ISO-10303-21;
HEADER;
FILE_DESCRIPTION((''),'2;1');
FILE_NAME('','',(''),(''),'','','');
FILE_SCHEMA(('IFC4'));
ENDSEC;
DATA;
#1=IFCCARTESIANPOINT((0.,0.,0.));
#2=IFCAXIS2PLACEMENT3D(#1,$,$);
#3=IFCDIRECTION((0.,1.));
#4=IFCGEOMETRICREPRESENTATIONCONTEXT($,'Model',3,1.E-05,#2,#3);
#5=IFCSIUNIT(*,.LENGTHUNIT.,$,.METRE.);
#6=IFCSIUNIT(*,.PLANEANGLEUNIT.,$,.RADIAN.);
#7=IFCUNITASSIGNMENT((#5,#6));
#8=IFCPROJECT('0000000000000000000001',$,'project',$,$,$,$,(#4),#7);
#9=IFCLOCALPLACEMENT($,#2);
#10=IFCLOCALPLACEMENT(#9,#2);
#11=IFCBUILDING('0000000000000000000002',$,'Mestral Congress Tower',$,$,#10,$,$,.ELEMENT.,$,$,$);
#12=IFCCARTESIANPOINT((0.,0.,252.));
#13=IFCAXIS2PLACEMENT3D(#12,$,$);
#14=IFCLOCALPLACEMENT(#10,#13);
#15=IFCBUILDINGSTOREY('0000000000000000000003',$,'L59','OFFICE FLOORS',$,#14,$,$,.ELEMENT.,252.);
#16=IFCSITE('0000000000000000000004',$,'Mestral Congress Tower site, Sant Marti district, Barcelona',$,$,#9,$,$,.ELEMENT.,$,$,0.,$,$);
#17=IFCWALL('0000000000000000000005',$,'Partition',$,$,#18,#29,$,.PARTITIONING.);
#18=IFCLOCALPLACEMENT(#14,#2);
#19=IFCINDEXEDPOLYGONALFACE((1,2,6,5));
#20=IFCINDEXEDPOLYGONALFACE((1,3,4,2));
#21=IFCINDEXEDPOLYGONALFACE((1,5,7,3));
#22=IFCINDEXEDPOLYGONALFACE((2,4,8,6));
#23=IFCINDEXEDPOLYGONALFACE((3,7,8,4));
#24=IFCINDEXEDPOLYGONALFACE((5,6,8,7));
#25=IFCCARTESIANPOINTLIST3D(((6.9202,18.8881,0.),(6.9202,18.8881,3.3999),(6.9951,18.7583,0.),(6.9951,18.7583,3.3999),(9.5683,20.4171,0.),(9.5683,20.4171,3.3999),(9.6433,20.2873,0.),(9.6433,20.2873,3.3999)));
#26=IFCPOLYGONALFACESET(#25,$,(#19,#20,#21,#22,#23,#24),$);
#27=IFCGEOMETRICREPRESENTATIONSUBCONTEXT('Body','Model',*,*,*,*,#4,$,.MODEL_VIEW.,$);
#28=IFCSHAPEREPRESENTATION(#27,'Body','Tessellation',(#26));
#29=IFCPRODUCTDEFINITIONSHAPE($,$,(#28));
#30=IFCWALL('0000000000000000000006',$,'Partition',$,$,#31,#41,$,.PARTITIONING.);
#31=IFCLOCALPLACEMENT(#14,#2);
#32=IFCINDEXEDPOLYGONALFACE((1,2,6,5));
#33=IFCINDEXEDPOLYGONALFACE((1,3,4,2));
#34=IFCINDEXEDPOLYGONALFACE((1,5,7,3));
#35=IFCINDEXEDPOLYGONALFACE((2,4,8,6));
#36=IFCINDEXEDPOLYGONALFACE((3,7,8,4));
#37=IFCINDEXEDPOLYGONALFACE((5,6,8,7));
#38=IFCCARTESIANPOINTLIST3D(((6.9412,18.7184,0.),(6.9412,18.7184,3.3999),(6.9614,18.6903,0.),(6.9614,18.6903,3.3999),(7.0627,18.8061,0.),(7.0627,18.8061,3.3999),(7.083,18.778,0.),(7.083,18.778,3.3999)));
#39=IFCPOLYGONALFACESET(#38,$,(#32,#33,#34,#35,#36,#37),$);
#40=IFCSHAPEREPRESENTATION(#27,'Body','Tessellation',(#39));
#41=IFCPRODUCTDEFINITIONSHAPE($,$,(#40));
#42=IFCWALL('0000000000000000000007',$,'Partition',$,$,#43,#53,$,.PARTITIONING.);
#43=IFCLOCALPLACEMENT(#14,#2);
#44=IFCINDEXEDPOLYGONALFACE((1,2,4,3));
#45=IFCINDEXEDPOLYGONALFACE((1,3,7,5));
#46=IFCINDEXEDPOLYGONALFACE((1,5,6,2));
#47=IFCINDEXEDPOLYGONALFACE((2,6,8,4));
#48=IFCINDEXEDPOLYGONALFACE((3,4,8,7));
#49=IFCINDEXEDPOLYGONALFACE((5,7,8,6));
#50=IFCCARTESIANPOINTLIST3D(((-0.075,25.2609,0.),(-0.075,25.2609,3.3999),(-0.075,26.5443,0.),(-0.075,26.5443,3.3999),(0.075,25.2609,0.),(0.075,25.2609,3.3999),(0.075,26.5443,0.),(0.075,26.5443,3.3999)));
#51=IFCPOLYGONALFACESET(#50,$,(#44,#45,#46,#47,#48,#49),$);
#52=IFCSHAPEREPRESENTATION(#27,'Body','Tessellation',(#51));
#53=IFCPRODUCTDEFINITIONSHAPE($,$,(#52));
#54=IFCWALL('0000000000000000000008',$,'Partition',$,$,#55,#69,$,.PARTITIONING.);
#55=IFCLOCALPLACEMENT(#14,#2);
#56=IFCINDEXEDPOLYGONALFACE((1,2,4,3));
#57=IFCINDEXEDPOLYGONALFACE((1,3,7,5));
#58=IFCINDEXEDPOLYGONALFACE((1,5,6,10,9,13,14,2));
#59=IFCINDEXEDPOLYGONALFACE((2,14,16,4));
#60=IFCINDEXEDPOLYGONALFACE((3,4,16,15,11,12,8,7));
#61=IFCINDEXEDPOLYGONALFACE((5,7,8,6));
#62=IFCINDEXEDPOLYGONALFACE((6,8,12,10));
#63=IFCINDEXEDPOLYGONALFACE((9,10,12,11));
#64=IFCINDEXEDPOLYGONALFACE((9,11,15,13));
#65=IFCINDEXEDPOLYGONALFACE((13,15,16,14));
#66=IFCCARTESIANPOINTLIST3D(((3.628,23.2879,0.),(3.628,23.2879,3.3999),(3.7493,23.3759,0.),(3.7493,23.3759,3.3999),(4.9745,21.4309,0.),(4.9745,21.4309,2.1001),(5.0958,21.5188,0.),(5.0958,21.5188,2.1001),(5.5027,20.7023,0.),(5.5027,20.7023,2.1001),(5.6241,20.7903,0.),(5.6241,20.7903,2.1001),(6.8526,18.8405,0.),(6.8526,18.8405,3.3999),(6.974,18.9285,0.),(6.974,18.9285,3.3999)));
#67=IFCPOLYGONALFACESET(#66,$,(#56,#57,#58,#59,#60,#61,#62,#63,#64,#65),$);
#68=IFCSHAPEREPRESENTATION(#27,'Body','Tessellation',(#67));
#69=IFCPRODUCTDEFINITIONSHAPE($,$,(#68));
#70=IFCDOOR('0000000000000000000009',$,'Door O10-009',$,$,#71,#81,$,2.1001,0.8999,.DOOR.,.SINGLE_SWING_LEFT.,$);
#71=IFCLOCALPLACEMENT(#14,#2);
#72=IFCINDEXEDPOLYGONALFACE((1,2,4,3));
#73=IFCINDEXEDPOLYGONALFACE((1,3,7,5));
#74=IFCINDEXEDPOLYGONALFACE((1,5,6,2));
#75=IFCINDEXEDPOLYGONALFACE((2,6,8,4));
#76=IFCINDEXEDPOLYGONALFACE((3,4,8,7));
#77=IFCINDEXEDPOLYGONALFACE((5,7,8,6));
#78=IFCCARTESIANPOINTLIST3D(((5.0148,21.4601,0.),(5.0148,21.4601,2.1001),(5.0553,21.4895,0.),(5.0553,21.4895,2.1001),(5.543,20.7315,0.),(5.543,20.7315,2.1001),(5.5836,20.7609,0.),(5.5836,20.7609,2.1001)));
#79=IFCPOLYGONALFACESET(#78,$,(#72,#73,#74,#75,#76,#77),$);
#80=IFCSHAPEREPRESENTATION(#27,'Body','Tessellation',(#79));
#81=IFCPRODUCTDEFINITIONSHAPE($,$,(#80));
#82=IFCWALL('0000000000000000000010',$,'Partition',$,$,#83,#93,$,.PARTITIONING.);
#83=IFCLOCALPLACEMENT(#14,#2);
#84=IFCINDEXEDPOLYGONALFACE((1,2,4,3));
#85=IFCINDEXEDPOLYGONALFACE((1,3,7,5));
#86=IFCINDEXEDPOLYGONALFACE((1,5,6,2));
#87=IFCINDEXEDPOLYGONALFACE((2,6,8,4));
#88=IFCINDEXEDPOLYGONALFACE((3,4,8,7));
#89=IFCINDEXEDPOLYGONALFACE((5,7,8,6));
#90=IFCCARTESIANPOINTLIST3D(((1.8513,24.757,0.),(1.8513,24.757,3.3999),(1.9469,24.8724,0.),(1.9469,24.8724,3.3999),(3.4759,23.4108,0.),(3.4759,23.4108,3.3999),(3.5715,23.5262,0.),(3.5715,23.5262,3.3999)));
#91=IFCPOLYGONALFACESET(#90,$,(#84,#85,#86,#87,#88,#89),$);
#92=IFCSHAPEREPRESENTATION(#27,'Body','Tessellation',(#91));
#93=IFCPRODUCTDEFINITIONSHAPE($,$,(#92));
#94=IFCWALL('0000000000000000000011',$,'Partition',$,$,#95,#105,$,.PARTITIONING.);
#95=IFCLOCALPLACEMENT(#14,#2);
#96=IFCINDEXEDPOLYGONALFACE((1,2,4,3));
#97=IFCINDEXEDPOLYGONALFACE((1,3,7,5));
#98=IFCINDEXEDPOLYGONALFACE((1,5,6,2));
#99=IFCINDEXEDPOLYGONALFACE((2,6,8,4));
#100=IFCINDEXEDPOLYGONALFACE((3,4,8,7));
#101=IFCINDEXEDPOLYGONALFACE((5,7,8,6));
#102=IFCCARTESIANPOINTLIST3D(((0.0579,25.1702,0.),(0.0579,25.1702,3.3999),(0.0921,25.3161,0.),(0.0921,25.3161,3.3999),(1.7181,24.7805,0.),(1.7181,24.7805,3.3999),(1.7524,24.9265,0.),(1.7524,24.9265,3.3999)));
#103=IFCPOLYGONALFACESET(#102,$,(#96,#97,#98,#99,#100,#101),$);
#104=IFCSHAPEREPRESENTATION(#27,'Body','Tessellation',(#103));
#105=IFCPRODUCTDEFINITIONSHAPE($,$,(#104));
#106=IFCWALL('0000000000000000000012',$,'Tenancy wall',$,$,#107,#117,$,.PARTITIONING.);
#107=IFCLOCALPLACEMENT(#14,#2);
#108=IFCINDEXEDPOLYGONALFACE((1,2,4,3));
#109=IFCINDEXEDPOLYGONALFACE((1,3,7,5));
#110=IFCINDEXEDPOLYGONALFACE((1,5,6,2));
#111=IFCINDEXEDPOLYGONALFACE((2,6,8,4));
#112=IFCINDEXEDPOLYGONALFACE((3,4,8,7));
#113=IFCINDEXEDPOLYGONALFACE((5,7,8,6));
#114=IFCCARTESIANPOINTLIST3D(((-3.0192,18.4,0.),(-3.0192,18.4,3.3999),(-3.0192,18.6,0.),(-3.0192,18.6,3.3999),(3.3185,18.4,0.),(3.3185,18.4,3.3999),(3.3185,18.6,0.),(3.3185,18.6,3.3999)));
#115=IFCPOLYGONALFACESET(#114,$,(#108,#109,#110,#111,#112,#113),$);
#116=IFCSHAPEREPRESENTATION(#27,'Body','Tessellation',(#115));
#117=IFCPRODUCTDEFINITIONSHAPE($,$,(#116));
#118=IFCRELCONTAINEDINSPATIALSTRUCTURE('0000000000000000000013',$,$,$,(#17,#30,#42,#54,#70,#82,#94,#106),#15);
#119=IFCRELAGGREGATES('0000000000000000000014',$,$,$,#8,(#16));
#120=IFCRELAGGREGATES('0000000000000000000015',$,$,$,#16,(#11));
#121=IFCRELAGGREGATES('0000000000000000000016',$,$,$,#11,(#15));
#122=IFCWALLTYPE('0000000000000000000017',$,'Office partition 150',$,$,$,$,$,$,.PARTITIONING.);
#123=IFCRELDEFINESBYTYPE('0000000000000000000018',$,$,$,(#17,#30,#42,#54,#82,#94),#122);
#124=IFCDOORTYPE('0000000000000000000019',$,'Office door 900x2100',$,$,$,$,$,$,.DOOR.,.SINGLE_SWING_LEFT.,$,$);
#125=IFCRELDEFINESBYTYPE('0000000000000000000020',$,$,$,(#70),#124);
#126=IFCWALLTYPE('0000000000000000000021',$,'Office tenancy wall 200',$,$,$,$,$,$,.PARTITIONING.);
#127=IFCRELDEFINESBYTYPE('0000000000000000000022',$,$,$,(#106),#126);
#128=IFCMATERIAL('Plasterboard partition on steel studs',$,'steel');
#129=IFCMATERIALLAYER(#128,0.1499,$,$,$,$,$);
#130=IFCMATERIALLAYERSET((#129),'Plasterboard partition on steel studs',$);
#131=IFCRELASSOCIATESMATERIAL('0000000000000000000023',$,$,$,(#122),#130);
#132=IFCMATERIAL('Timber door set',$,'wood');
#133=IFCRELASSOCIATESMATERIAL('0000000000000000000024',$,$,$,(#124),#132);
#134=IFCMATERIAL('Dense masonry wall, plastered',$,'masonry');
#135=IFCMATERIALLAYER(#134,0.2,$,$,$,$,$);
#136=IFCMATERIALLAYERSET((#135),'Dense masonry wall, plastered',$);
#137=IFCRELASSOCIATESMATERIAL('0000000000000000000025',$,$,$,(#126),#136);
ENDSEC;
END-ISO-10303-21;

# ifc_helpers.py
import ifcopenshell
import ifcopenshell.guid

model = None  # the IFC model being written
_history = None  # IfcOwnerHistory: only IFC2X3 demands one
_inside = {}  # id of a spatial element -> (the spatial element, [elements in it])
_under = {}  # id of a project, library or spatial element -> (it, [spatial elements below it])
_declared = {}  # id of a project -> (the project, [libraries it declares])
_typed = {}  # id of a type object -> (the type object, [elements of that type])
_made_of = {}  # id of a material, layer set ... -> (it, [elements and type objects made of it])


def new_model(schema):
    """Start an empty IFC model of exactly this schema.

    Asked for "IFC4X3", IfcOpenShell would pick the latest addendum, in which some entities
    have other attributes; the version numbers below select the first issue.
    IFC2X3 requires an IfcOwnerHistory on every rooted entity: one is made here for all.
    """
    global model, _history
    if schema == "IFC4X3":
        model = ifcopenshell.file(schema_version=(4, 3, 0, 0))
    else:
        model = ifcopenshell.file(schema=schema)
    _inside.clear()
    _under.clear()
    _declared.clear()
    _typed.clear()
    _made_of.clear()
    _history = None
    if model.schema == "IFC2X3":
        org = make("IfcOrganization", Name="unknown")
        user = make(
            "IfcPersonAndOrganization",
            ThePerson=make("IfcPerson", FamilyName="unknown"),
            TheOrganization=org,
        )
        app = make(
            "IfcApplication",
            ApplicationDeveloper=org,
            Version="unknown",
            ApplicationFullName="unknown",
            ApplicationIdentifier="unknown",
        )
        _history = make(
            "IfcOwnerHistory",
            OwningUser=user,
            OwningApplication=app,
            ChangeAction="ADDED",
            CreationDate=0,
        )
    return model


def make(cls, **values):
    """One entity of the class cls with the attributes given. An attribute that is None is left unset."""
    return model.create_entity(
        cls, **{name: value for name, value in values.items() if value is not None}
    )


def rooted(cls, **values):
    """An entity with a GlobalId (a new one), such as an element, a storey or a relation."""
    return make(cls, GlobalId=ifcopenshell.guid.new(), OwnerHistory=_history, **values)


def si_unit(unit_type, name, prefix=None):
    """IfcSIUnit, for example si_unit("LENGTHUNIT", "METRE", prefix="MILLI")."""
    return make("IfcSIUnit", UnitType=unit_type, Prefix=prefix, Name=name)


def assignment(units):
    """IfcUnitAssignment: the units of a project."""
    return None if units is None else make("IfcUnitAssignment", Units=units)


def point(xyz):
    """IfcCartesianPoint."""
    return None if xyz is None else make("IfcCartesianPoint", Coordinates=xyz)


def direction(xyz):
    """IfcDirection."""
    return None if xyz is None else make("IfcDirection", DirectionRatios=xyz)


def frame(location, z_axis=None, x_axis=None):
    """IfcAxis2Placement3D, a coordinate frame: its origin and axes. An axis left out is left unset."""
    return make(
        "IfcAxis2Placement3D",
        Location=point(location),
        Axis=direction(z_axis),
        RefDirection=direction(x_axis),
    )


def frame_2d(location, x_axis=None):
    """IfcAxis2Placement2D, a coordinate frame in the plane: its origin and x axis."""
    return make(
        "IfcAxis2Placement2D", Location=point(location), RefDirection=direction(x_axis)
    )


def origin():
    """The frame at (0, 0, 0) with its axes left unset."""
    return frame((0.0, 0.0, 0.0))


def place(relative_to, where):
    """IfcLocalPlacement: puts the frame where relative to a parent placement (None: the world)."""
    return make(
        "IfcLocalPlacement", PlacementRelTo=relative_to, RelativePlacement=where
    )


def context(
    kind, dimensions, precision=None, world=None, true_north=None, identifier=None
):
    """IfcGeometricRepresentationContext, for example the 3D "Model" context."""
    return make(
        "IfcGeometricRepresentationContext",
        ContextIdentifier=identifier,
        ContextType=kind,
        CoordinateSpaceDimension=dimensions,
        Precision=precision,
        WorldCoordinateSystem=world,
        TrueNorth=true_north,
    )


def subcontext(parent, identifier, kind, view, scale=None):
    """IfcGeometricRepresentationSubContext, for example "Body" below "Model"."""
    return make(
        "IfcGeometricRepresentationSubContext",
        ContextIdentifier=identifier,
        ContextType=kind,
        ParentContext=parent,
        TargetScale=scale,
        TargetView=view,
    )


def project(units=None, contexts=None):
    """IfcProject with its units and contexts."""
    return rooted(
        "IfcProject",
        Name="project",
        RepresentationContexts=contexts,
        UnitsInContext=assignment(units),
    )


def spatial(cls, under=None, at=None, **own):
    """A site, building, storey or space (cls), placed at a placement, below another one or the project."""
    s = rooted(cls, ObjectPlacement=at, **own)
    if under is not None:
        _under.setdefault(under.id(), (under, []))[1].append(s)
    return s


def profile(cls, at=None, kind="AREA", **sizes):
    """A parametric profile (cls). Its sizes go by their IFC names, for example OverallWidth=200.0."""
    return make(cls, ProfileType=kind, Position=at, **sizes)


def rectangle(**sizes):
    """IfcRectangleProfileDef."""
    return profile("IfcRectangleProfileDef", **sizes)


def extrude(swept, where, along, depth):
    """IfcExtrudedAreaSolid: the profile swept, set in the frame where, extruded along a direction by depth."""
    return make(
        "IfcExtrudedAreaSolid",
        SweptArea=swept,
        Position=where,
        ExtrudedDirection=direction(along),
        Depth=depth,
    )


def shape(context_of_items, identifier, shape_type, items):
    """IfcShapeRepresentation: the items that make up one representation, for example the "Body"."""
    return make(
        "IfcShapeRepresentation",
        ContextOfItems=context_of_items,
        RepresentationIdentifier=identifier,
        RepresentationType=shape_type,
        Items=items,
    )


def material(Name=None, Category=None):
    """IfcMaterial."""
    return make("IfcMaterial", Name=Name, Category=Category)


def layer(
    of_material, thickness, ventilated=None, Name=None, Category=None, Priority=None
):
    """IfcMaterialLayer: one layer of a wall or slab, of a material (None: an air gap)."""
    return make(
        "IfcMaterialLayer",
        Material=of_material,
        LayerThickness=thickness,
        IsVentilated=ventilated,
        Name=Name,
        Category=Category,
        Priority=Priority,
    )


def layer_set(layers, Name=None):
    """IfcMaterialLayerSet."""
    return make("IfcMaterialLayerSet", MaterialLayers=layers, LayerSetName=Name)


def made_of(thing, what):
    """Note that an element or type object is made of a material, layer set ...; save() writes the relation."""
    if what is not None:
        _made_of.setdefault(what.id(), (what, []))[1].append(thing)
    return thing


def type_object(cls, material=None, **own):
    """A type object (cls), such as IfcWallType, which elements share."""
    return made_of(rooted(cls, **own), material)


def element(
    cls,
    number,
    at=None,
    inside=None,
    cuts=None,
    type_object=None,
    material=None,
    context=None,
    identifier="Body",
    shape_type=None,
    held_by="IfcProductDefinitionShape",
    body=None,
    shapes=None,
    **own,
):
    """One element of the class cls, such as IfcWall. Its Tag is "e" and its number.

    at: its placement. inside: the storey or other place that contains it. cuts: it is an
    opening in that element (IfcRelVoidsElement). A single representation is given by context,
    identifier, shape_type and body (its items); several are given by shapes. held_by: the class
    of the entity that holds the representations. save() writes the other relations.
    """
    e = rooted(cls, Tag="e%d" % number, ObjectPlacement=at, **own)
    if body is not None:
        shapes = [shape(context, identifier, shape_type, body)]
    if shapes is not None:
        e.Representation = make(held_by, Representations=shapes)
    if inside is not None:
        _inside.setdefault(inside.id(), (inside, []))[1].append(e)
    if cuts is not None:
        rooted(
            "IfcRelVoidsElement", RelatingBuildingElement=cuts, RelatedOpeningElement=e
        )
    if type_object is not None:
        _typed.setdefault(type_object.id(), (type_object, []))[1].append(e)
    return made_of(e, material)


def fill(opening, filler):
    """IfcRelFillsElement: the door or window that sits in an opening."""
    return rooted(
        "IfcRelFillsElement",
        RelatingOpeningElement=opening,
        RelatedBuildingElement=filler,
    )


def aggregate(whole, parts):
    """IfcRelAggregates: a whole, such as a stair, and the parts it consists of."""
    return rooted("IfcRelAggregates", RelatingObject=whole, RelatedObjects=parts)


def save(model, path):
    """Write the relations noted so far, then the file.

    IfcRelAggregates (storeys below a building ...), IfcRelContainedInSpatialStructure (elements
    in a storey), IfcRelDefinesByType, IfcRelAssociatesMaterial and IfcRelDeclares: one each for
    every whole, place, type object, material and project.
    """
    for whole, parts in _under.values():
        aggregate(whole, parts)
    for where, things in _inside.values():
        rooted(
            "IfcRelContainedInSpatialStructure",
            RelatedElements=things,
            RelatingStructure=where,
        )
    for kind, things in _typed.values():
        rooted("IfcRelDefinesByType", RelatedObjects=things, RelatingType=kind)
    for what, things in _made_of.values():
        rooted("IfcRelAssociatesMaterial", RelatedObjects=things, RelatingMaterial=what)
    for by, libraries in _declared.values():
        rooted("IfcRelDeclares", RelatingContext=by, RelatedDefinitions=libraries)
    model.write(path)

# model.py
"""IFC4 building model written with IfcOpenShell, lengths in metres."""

from ifc_helpers import new_model, si_unit, direction, frame, frame_2d, origin, place, context, subcontext, project, spatial, rectangle, extrude, material, layer, layer_set, type_object, element, fill, save


model = new_model("IFC4")

# Units and contexts
model_context = context("Model", 3, precision=1e-05, world=origin(), true_north=direction((0.0, 1.0)))
body_context = subcontext(model_context, "Body", "Model", "MODEL_VIEW")
ifc_project = project(units=[si_unit("LENGTHUNIT", "METRE"), si_unit("PLANEANGLEUNIT", "RADIAN")], contexts=[model_context])

# Site, building, storey
site_placement = place(None, origin())
site = spatial("IfcSite", under=ifc_project, at=site_placement, Name="Mestral Congress Tower site, Sant Marti district, Barcelona", CompositionType="ELEMENT", RefElevation=0.0)
building_placement = place(site_placement, origin())
building = spatial("IfcBuilding", under=site, at=building_placement, Name="Mestral Congress Tower", CompositionType="ELEMENT")
storey_placement = place(building_placement, frame((0.0, 0.0, 252.0)))
storey = spatial("IfcBuildingStorey", under=building, at=storey_placement, Name="L59", Description="OFFICE FLOORS", CompositionType="ELEMENT", Elevation=252.0)

# Walls
ifc_material_1 = material(Name="Plasterboard partition on steel studs", Category="steel")
ifc_layer_1 = layer(ifc_material_1, 0.1499)
ifc_layer_set_1 = layer_set([ifc_layer_1], Name="Plasterboard partition on steel studs")
wall_type_1 = type_object("IfcWallType", Name="Office partition 150", PredefinedType="PARTITIONING", material=ifc_layer_set_1)
wall_1_placement = place(storey_placement, frame((6.9578, 18.8232, 0.0), z_axis=(0.0, 0.0, 1.0), x_axis=(0.866009, 0.500029, 0.0)))
element("IfcWall", 1, at=wall_1_placement, inside=storey, type_object=wall_type_1, Name="Partition", PredefinedType="PARTITIONING", context=body_context, shape_type="SweptSolid", body=[
    extrude(rectangle(XDim=3.0579, YDim=0.1499, at=frame_2d((1.5288, 0.0))), origin(), (0.0, 0.0, 1.0), 3.3999),
])
wall_2_placement = place(storey_placement, frame((7.0222, 18.7341, 0.0), z_axis=(0.0, 0.0, 1.0), x_axis=(-0.585233, 0.810865, 0.0)))
element("IfcWall", 2, at=wall_2_placement, inside=storey, type_object=wall_type_1, Name="Partition", PredefinedType="PARTITIONING", context=body_context, shape_type="SweptSolid", body=[
    extrude(rectangle(XDim=0.0347, YDim=0.1499, at=frame_2d((0.0173, 0.0))), origin(), (0.0, 0.0, 1.0), 3.3999),
])
wall_3_placement = place(storey_placement, frame((0.0, 25.261, 0.0), z_axis=(0.0, 0.0, 1.0), x_axis=(0.0, 1.0, 0.0)))
element("IfcWall", 3, at=wall_3_placement, inside=storey, type_object=wall_type_1, Name="Partition", PredefinedType="PARTITIONING", context=body_context, shape_type="SweptSolid", body=[
    extrude(rectangle(XDim=1.2834, YDim=0.1499, at=frame_2d((0.6416, 0.0))), origin(), (0.0, 0.0, 1.0), 3.3999),
])

# Wall, opening, door
wall_4_placement = place(storey_placement, frame((3.6887, 23.3318, 0.0), z_axis=(0.0, 0.0, 1.0), x_axis=(0.587008, -0.809581, 0.0)))
wall_4 = element("IfcWall", 4, at=wall_4_placement, inside=storey, type_object=wall_type_1, Name="Partition", PredefinedType="PARTITIONING", context=body_context, shape_type="SweptSolid", body=[
    extrude(rectangle(XDim=5.4934, YDim=0.1499, at=frame_2d((2.7466, 0.0))), origin(), (0.0, 0.0, 1.0), 3.3999),
])
opening_1_placement = place(wall_4_placement, frame((2.2937, 0.0, 0.0)))
opening_1 = element("IfcOpeningElement", 5, at=opening_1_placement, cuts=wall_4, PredefinedType="OPENING", context=body_context, shape_type="SweptSolid", body=[
    extrude(rectangle(XDim=0.8999, YDim=2.1001, at=frame_2d((0.45, 1.05))), frame((0.0, 0.085, 0.0), z_axis=(0.0, -1.0, 0.0), x_axis=(1.0, 0.0, 0.0)), (0.0, 0.0, 1.0), 0.1699),
])
ifc_material_2 = material(Name="Timber door set", Category="wood")
door_type = type_object("IfcDoorType", Name="Office door 900x2100", OperationType="SINGLE_SWING_LEFT", PredefinedType="DOOR", material=ifc_material_2)
door_placement = place(opening_1_placement, origin())
door = element("IfcDoor", 6, at=door_placement, inside=storey, type_object=door_type, Name="Door O10-009", OperationType="SINGLE_SWING_LEFT", OverallHeight=2.1001, OverallWidth=0.8999, PredefinedType="DOOR", context=body_context, shape_type="SweptSolid", body=[
    extrude(rectangle(XDim=0.8999, YDim=2.1001, at=frame_2d((0.45, 1.05))), frame((0.0, 0.0249, 0.0), z_axis=(0.0, -1.0, 0.0), x_axis=(1.0, 0.0, 0.0)), (0.0, 0.0, 1.0), 0.05),
])
fill(opening_1, door)

# Walls
wall_5_placement = place(storey_placement, frame((3.5237, 23.4685, 0.0), z_axis=(0.0, 0.0, 1.0), x_axis=(-0.769983, 0.638065, 0.0)))
element("IfcWall", 7, at=wall_5_placement, inside=storey, type_object=wall_type_1, Name="Partition", PredefinedType="PARTITIONING", context=body_context, shape_type="SweptSolid", body=[
    extrude(rectangle(XDim=2.1099, YDim=0.1499, at=frame_2d((1.0549, 0.0))), origin(), (0.0, 0.0, 1.0), 3.3999),
])
wall_6_placement = place(storey_placement, frame((1.7351, 24.8535, 0.0), z_axis=(0.0, 0.0, 1.0), x_axis=(-0.973545, 0.228497, 0.0)))
element("IfcWall", 8, at=wall_6_placement, inside=storey, type_object=wall_type_1, Name="Partition", PredefinedType="PARTITIONING", context=body_context, shape_type="SweptSolid", body=[
    extrude(rectangle(XDim=1.7053, YDim=0.1499, at=frame_2d((0.8525, 0.0))), origin(), (0.0, 0.0, 1.0), 3.3999),
])
ifc_material_3 = material(Name="Dense masonry wall, plastered", Category="masonry")
ifc_layer_2 = layer(ifc_material_3, 0.2)
ifc_layer_set_2 = layer_set([ifc_layer_2], Name="Dense masonry wall, plastered")
wall_type_2 = type_object("IfcWallType", Name="Office tenancy wall 200", PredefinedType="PARTITIONING", material=ifc_layer_set_2)
wall_7_placement = place(storey_placement, frame((3.3186, 18.5, 0.0), z_axis=(0.0, 0.0, 1.0), x_axis=(-1.0, 0.0, 0.0)))
element("IfcWall", 9, at=wall_7_placement, inside=storey, type_object=wall_type_2, Name="Tenancy wall", PredefinedType="PARTITIONING", context=body_context, shape_type="SweptSolid", body=[
    extrude(rectangle(XDim=6.3376, YDim=0.2, at=frame_2d((3.1689, 0.0))), origin(), (0.0, 0.0, 1.0), 3.3999),
])

save(model, "model.ifc")
